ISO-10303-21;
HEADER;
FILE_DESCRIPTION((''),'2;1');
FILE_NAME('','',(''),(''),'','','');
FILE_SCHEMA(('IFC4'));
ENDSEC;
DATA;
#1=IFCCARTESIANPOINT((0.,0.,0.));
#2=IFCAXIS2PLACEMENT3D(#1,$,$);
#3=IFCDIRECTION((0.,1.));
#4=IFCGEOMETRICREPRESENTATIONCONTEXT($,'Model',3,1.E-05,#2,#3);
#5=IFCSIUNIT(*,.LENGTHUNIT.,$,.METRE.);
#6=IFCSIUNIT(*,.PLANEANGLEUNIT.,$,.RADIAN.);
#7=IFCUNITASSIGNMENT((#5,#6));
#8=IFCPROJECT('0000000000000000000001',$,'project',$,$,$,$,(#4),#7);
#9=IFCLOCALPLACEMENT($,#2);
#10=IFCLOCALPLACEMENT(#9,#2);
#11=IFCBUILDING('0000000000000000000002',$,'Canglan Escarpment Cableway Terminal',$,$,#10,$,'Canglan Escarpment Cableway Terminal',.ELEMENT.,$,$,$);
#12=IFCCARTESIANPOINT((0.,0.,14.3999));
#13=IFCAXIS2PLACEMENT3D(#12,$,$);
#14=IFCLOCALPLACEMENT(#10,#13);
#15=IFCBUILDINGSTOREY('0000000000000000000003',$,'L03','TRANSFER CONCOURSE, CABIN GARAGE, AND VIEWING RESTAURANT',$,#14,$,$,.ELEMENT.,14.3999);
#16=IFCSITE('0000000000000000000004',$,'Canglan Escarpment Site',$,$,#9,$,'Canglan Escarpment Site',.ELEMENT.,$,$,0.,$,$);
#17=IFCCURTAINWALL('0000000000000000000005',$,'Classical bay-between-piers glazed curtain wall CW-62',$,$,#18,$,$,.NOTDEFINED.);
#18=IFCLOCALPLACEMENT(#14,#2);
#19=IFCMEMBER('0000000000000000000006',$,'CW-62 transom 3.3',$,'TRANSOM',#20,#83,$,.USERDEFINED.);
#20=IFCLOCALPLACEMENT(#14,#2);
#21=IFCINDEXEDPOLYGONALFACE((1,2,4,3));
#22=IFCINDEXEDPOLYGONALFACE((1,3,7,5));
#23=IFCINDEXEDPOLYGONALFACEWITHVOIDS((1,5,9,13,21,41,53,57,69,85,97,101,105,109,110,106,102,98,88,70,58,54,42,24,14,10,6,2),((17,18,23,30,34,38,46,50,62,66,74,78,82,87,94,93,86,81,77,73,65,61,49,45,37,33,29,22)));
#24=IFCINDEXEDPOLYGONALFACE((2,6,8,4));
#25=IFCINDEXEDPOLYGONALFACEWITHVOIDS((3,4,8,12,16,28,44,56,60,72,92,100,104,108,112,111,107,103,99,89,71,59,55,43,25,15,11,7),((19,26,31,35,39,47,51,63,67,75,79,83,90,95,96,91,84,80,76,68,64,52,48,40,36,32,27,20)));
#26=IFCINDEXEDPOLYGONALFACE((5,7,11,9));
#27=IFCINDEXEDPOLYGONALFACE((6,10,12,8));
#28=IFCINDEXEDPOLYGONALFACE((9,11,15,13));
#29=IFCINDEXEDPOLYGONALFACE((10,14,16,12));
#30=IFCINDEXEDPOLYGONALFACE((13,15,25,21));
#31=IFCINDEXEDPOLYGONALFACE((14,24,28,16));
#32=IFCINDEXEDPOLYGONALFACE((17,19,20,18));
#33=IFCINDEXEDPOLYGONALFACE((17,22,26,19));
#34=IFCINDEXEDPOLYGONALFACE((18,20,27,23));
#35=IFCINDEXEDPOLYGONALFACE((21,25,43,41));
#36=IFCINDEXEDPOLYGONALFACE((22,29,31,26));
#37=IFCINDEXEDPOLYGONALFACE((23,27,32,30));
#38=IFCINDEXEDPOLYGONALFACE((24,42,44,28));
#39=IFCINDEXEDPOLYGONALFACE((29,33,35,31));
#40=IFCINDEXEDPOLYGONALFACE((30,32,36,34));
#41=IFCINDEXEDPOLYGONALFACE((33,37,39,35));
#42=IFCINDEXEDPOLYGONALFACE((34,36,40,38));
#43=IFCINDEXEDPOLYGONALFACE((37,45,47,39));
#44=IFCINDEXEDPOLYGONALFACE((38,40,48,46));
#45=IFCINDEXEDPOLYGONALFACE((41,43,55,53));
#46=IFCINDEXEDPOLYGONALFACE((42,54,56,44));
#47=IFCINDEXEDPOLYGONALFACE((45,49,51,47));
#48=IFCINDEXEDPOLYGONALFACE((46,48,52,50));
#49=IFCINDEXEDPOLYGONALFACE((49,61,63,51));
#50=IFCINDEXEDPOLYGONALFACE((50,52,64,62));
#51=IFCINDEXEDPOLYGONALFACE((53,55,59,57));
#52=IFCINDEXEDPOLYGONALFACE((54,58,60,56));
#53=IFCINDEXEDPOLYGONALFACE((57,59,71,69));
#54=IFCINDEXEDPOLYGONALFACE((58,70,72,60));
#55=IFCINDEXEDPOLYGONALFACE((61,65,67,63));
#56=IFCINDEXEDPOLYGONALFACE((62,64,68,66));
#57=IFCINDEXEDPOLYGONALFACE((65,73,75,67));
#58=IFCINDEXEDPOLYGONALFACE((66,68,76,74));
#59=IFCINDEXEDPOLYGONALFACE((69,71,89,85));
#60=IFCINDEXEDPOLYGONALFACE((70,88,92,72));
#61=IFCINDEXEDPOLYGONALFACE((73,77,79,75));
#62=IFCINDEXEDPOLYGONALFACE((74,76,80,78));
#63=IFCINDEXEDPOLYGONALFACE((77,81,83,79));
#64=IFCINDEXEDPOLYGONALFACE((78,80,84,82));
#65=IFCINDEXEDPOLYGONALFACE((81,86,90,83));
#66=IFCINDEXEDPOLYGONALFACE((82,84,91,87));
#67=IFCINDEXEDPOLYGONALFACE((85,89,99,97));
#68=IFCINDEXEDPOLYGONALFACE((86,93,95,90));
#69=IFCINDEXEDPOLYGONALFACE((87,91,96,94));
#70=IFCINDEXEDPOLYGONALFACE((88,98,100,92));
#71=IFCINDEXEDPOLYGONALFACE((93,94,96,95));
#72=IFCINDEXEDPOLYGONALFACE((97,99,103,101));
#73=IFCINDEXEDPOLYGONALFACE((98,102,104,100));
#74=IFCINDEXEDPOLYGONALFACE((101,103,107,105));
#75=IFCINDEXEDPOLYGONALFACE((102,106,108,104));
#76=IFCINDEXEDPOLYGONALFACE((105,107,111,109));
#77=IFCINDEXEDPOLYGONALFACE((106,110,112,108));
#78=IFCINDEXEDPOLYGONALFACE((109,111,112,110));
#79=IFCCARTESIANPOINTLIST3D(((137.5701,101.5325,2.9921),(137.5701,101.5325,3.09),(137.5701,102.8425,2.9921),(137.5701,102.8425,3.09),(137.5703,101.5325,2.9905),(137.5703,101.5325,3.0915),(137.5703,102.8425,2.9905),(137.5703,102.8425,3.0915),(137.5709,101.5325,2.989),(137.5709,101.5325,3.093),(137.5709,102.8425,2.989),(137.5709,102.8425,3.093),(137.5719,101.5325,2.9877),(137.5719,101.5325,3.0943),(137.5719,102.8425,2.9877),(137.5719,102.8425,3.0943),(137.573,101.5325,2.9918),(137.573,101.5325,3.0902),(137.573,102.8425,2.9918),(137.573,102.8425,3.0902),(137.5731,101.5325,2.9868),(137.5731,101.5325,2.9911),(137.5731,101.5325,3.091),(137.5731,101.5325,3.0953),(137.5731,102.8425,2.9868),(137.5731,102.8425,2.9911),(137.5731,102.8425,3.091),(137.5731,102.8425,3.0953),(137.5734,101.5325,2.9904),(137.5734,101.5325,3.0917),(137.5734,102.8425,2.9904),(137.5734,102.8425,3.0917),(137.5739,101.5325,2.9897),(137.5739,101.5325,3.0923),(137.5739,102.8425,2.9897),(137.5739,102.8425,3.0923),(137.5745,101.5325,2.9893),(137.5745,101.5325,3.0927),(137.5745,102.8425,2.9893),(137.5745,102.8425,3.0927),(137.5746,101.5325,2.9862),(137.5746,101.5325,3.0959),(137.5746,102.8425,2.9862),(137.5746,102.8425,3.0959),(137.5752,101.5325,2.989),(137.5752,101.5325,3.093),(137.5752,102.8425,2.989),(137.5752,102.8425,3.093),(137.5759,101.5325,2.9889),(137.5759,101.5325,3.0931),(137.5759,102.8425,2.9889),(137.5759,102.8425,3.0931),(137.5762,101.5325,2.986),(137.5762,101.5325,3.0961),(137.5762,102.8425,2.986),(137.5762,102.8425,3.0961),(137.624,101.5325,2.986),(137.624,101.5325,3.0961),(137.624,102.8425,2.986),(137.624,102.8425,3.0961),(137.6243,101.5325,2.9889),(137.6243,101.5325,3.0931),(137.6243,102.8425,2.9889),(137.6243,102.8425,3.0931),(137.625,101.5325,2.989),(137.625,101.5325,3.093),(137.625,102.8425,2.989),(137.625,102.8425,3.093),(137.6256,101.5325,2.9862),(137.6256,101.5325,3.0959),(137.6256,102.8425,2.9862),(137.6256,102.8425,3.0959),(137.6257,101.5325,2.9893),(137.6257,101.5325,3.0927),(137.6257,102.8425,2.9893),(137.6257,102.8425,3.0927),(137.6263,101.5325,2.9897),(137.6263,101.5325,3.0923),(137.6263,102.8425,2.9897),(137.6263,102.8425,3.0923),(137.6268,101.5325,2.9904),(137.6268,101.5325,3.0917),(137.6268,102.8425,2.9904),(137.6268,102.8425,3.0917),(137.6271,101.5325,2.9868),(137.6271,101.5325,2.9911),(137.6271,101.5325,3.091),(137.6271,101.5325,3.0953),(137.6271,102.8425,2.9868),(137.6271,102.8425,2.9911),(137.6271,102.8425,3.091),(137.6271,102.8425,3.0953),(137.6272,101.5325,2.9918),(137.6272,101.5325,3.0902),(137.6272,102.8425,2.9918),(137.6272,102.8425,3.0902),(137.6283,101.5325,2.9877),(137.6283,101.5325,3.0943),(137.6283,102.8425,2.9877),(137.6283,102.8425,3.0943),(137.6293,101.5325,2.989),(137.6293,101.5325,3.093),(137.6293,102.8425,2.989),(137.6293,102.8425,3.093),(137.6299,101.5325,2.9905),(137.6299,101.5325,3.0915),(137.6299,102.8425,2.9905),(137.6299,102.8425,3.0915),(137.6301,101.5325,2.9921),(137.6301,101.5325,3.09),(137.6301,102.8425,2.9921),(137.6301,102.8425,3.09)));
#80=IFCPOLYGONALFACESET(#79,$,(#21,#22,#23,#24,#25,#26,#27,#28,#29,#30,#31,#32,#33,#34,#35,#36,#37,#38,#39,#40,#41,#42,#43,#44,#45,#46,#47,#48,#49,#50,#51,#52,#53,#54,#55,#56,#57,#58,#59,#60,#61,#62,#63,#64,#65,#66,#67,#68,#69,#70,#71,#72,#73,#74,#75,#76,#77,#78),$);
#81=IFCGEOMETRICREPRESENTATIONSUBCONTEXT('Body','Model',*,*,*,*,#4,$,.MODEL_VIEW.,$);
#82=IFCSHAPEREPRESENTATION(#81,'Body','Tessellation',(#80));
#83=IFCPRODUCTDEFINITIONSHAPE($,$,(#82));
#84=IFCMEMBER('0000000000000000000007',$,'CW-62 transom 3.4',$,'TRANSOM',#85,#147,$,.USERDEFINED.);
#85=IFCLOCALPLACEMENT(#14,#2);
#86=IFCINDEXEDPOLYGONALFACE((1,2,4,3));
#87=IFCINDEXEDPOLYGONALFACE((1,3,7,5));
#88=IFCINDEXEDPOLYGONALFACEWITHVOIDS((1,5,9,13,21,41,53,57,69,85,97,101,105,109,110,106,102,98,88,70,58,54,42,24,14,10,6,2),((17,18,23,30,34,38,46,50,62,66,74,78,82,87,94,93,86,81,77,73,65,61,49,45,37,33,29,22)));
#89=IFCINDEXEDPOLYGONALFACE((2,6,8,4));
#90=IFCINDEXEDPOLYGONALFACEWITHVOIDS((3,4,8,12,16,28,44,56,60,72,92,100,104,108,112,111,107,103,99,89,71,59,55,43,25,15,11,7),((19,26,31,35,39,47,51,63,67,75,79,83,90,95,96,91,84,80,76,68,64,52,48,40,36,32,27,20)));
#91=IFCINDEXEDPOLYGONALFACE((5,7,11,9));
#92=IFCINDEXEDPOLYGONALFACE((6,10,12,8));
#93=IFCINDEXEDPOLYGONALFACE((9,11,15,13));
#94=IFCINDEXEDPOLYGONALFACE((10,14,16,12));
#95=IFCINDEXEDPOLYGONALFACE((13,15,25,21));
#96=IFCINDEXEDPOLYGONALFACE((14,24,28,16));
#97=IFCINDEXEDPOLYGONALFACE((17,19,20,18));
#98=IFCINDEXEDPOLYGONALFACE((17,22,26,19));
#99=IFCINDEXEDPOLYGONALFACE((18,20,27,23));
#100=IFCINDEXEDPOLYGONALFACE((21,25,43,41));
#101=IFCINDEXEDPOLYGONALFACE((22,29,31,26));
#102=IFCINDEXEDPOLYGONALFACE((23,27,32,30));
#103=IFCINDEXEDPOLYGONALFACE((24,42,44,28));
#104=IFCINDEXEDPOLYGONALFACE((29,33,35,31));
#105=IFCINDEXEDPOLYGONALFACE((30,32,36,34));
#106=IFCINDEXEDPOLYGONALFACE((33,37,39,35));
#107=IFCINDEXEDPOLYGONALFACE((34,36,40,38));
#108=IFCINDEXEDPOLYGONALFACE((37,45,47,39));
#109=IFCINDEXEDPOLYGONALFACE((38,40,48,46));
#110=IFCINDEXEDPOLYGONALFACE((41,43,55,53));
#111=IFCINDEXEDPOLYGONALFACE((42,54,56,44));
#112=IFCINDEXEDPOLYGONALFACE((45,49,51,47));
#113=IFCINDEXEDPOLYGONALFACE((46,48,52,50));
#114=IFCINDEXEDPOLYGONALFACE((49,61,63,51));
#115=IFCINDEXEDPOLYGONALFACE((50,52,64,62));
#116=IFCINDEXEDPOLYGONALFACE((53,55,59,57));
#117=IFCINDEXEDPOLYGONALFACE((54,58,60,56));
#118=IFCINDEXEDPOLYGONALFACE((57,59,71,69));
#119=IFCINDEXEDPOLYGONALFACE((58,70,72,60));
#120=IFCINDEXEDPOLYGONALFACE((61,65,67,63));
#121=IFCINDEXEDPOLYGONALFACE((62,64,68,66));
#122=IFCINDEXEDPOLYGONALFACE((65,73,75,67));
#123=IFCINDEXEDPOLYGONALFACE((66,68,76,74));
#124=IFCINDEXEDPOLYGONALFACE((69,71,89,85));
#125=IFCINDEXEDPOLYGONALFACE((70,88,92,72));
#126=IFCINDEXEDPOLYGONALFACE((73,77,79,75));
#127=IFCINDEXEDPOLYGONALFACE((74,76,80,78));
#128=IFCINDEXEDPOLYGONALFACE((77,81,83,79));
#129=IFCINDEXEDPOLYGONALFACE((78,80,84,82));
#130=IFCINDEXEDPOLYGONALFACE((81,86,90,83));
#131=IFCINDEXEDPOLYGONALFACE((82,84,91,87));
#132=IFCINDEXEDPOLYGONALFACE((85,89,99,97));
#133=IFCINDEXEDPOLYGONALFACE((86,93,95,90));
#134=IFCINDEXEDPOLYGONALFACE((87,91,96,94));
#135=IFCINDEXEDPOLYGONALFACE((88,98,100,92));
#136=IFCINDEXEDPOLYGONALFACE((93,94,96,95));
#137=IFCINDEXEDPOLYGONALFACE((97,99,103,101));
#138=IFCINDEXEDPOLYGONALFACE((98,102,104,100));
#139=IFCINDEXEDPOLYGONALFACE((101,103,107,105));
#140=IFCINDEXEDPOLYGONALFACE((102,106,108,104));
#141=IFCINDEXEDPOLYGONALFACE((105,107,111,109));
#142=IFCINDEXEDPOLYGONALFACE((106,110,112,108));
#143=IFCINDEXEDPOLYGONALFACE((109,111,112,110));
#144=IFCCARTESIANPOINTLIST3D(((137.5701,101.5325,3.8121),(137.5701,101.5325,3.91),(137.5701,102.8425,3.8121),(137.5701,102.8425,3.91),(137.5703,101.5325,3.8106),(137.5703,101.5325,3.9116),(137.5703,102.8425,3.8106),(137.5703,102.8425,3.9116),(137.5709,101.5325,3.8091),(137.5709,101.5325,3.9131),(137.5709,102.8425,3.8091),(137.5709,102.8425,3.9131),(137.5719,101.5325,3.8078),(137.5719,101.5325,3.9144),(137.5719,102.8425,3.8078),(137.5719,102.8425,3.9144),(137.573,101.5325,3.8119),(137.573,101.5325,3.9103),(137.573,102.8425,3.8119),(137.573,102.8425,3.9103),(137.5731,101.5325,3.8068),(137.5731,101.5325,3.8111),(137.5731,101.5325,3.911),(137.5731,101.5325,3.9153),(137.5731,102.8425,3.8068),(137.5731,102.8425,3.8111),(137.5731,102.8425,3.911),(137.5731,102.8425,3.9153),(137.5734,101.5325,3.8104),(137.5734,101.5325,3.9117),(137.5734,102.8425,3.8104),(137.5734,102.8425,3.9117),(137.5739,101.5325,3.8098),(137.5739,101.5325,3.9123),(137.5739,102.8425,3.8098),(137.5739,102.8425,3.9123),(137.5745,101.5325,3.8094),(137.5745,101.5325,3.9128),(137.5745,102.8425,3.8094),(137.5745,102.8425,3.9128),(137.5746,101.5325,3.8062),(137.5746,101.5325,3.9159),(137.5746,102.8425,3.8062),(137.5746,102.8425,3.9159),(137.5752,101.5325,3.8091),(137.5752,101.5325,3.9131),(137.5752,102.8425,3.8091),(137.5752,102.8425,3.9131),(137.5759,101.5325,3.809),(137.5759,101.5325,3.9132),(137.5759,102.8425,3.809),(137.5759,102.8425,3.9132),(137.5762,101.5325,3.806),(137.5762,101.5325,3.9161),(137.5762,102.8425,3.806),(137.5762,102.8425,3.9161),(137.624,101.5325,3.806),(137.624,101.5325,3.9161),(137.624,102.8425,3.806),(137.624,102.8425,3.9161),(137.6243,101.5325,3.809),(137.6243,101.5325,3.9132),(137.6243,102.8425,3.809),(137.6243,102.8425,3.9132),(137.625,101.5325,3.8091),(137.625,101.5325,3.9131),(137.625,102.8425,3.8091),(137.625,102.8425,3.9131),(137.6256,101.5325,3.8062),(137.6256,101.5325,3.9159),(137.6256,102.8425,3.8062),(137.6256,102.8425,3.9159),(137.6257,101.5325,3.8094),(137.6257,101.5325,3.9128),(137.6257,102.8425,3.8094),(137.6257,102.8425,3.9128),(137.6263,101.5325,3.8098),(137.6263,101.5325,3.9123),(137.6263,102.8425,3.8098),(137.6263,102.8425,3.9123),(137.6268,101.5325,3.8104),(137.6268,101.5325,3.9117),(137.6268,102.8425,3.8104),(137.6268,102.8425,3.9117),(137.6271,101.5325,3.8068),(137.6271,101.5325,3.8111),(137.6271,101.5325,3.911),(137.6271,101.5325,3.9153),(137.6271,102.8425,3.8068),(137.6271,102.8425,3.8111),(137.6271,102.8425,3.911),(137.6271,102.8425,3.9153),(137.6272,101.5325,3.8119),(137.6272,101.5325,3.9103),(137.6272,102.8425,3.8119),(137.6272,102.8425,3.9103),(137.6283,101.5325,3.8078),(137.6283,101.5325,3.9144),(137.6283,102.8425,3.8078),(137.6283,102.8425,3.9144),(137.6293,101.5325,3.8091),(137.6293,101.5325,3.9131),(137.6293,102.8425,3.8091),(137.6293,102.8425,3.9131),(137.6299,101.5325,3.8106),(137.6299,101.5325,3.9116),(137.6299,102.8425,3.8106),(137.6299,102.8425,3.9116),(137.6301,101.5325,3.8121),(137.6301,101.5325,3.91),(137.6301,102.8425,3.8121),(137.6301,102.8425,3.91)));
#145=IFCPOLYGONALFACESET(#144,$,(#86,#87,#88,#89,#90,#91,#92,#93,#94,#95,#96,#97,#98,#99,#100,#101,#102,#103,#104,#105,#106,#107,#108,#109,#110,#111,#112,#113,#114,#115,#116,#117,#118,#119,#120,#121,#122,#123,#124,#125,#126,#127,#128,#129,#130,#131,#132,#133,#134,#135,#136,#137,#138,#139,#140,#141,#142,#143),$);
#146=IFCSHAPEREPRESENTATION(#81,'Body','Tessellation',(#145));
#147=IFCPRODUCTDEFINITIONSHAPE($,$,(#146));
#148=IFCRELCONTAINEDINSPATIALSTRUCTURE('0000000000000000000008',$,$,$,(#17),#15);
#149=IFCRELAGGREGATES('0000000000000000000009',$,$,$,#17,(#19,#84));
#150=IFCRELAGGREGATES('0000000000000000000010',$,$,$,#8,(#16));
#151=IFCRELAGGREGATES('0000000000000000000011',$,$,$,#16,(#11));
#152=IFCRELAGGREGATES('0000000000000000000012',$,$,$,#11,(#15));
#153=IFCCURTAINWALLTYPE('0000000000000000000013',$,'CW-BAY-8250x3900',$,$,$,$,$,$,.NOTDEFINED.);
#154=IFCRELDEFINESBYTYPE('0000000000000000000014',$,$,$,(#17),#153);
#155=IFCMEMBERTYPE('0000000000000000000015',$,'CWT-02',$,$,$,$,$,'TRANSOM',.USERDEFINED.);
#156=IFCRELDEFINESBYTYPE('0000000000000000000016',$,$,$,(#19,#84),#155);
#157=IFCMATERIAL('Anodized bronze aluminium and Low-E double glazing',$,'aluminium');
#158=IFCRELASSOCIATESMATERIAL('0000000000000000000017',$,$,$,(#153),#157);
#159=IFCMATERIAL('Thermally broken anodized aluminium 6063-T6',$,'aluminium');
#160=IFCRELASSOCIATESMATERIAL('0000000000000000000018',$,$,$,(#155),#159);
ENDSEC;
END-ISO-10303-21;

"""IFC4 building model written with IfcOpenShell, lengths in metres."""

from ifc_helpers import new_model, si_unit, direction, frame, origin, origin_2d, place, context, subcontext, project, spatial, hollow_rectangle, extrude, material, material_profile, profile_set, type_object, element, aggregate, save


model = new_model("IFC4")

# Units and contexts
model_context = context("Model", 3, precision=1e-05, world=origin(), true_north=direction((0.0, 1.0)))
body_context = subcontext(model_context, "Body", "Model", "MODEL_VIEW")
ifc_project = project(units=[si_unit("LENGTHUNIT", "METRE"), si_unit("PLANEANGLEUNIT", "RADIAN")], contexts=[model_context])

# Site, building, storey
site_placement = place(None, origin())
site = spatial("IfcSite", under=ifc_project, at=site_placement, Name="Canglan Escarpment Site", LongName="Canglan Escarpment Site", CompositionType="ELEMENT", RefElevation=0.0)
building_placement = place(site_placement, origin())
building = spatial("IfcBuilding", under=site, at=building_placement, Name="Canglan Escarpment Cableway Terminal", LongName="Canglan Escarpment Cableway Terminal", CompositionType="ELEMENT")
storey_placement = place(building_placement, frame((0.0, 0.0, 14.3999)))
storey = spatial("IfcBuildingStorey", under=building, at=storey_placement, Name="L03", Description="TRANSFER CONCOURSE, CABIN GARAGE, AND VIEWING RESTAURANT", CompositionType="ELEMENT", Elevation=14.3999)

# Curtain wall
ifc_material_1 = material(Name="Anodized bronze aluminium and Low-E double glazing", Category="aluminium")
curtain_wall_type_1 = type_object("IfcCurtainWallType", Name="CW-BAY-8250x3900", PredefinedType="NOTDEFINED", material=ifc_material_1)
curtain_wall_1_placement = place(storey_placement, origin())
curtain_wall_1 = element("IfcCurtainWall", 1, at=curtain_wall_1_placement, inside=storey, type_object=curtain_wall_type_1, Name="Classical bay-between-piers glazed curtain wall CW-62", PredefinedType="NOTDEFINED")
ifc_material_2 = material(Name="Thermally broken anodized aluminium 6063-T6", Category="aluminium")
ifc_material_profile_1 = material_profile(ifc_material_2, hollow_rectangle(XDim=0.0601, YDim=0.1101, WallThickness=0.0029, InnerFilletRadius=0.0029, OuterFilletRadius=0.0061, at=origin_2d()), Name="ALU-TRAN 60x110x3")
ifc_profile_set_1 = profile_set([ifc_material_profile_1], Name="Thermally broken anodized aluminium 6063-T6")
member_type_1 = type_object("IfcMemberType", Name="CWT-02", ElementType="TRANSOM", PredefinedType="USERDEFINED", material=ifc_profile_set_1)

# Members
member_1_placement = place(storey_placement, frame((137.6001, 102.8425, 3.041), z_axis=(0.0, -1.0, 0.0), x_axis=(1.0, 0.0, 0.0)))
member_1 = element("IfcMember", 2, at=member_1_placement, type_object=member_type_1, Name="CW-62 transom 3.3", ObjectType="TRANSOM", PredefinedType="USERDEFINED", context=body_context, shape_type="SweptSolid", body=[
    extrude(hollow_rectangle(XDim=0.0601, YDim=0.1101, WallThickness=0.0029, InnerFilletRadius=0.0029, OuterFilletRadius=0.0061, at=origin_2d()), origin(), (0.0, 0.0, 1.0), 1.3101),
])
member_2_placement = place(storey_placement, frame((137.6001, 102.8425, 3.8611), z_axis=(0.0, -1.0, 0.0), x_axis=(1.0, 0.0, 0.0)))
member_2 = element("IfcMember", 3, at=member_2_placement, type_object=member_type_1, Name="CW-62 transom 3.4", ObjectType="TRANSOM", PredefinedType="USERDEFINED", context=body_context, shape_type="SweptSolid", body=[
    extrude(hollow_rectangle(XDim=0.0601, YDim=0.1101, WallThickness=0.0029, InnerFilletRadius=0.0029, OuterFilletRadius=0.0061, at=origin_2d()), origin(), (0.0, 0.0, 1.0), 1.3101),
])

aggregate(curtain_wall_1, [member_1, member_2])

save(model, "model.ifc")
